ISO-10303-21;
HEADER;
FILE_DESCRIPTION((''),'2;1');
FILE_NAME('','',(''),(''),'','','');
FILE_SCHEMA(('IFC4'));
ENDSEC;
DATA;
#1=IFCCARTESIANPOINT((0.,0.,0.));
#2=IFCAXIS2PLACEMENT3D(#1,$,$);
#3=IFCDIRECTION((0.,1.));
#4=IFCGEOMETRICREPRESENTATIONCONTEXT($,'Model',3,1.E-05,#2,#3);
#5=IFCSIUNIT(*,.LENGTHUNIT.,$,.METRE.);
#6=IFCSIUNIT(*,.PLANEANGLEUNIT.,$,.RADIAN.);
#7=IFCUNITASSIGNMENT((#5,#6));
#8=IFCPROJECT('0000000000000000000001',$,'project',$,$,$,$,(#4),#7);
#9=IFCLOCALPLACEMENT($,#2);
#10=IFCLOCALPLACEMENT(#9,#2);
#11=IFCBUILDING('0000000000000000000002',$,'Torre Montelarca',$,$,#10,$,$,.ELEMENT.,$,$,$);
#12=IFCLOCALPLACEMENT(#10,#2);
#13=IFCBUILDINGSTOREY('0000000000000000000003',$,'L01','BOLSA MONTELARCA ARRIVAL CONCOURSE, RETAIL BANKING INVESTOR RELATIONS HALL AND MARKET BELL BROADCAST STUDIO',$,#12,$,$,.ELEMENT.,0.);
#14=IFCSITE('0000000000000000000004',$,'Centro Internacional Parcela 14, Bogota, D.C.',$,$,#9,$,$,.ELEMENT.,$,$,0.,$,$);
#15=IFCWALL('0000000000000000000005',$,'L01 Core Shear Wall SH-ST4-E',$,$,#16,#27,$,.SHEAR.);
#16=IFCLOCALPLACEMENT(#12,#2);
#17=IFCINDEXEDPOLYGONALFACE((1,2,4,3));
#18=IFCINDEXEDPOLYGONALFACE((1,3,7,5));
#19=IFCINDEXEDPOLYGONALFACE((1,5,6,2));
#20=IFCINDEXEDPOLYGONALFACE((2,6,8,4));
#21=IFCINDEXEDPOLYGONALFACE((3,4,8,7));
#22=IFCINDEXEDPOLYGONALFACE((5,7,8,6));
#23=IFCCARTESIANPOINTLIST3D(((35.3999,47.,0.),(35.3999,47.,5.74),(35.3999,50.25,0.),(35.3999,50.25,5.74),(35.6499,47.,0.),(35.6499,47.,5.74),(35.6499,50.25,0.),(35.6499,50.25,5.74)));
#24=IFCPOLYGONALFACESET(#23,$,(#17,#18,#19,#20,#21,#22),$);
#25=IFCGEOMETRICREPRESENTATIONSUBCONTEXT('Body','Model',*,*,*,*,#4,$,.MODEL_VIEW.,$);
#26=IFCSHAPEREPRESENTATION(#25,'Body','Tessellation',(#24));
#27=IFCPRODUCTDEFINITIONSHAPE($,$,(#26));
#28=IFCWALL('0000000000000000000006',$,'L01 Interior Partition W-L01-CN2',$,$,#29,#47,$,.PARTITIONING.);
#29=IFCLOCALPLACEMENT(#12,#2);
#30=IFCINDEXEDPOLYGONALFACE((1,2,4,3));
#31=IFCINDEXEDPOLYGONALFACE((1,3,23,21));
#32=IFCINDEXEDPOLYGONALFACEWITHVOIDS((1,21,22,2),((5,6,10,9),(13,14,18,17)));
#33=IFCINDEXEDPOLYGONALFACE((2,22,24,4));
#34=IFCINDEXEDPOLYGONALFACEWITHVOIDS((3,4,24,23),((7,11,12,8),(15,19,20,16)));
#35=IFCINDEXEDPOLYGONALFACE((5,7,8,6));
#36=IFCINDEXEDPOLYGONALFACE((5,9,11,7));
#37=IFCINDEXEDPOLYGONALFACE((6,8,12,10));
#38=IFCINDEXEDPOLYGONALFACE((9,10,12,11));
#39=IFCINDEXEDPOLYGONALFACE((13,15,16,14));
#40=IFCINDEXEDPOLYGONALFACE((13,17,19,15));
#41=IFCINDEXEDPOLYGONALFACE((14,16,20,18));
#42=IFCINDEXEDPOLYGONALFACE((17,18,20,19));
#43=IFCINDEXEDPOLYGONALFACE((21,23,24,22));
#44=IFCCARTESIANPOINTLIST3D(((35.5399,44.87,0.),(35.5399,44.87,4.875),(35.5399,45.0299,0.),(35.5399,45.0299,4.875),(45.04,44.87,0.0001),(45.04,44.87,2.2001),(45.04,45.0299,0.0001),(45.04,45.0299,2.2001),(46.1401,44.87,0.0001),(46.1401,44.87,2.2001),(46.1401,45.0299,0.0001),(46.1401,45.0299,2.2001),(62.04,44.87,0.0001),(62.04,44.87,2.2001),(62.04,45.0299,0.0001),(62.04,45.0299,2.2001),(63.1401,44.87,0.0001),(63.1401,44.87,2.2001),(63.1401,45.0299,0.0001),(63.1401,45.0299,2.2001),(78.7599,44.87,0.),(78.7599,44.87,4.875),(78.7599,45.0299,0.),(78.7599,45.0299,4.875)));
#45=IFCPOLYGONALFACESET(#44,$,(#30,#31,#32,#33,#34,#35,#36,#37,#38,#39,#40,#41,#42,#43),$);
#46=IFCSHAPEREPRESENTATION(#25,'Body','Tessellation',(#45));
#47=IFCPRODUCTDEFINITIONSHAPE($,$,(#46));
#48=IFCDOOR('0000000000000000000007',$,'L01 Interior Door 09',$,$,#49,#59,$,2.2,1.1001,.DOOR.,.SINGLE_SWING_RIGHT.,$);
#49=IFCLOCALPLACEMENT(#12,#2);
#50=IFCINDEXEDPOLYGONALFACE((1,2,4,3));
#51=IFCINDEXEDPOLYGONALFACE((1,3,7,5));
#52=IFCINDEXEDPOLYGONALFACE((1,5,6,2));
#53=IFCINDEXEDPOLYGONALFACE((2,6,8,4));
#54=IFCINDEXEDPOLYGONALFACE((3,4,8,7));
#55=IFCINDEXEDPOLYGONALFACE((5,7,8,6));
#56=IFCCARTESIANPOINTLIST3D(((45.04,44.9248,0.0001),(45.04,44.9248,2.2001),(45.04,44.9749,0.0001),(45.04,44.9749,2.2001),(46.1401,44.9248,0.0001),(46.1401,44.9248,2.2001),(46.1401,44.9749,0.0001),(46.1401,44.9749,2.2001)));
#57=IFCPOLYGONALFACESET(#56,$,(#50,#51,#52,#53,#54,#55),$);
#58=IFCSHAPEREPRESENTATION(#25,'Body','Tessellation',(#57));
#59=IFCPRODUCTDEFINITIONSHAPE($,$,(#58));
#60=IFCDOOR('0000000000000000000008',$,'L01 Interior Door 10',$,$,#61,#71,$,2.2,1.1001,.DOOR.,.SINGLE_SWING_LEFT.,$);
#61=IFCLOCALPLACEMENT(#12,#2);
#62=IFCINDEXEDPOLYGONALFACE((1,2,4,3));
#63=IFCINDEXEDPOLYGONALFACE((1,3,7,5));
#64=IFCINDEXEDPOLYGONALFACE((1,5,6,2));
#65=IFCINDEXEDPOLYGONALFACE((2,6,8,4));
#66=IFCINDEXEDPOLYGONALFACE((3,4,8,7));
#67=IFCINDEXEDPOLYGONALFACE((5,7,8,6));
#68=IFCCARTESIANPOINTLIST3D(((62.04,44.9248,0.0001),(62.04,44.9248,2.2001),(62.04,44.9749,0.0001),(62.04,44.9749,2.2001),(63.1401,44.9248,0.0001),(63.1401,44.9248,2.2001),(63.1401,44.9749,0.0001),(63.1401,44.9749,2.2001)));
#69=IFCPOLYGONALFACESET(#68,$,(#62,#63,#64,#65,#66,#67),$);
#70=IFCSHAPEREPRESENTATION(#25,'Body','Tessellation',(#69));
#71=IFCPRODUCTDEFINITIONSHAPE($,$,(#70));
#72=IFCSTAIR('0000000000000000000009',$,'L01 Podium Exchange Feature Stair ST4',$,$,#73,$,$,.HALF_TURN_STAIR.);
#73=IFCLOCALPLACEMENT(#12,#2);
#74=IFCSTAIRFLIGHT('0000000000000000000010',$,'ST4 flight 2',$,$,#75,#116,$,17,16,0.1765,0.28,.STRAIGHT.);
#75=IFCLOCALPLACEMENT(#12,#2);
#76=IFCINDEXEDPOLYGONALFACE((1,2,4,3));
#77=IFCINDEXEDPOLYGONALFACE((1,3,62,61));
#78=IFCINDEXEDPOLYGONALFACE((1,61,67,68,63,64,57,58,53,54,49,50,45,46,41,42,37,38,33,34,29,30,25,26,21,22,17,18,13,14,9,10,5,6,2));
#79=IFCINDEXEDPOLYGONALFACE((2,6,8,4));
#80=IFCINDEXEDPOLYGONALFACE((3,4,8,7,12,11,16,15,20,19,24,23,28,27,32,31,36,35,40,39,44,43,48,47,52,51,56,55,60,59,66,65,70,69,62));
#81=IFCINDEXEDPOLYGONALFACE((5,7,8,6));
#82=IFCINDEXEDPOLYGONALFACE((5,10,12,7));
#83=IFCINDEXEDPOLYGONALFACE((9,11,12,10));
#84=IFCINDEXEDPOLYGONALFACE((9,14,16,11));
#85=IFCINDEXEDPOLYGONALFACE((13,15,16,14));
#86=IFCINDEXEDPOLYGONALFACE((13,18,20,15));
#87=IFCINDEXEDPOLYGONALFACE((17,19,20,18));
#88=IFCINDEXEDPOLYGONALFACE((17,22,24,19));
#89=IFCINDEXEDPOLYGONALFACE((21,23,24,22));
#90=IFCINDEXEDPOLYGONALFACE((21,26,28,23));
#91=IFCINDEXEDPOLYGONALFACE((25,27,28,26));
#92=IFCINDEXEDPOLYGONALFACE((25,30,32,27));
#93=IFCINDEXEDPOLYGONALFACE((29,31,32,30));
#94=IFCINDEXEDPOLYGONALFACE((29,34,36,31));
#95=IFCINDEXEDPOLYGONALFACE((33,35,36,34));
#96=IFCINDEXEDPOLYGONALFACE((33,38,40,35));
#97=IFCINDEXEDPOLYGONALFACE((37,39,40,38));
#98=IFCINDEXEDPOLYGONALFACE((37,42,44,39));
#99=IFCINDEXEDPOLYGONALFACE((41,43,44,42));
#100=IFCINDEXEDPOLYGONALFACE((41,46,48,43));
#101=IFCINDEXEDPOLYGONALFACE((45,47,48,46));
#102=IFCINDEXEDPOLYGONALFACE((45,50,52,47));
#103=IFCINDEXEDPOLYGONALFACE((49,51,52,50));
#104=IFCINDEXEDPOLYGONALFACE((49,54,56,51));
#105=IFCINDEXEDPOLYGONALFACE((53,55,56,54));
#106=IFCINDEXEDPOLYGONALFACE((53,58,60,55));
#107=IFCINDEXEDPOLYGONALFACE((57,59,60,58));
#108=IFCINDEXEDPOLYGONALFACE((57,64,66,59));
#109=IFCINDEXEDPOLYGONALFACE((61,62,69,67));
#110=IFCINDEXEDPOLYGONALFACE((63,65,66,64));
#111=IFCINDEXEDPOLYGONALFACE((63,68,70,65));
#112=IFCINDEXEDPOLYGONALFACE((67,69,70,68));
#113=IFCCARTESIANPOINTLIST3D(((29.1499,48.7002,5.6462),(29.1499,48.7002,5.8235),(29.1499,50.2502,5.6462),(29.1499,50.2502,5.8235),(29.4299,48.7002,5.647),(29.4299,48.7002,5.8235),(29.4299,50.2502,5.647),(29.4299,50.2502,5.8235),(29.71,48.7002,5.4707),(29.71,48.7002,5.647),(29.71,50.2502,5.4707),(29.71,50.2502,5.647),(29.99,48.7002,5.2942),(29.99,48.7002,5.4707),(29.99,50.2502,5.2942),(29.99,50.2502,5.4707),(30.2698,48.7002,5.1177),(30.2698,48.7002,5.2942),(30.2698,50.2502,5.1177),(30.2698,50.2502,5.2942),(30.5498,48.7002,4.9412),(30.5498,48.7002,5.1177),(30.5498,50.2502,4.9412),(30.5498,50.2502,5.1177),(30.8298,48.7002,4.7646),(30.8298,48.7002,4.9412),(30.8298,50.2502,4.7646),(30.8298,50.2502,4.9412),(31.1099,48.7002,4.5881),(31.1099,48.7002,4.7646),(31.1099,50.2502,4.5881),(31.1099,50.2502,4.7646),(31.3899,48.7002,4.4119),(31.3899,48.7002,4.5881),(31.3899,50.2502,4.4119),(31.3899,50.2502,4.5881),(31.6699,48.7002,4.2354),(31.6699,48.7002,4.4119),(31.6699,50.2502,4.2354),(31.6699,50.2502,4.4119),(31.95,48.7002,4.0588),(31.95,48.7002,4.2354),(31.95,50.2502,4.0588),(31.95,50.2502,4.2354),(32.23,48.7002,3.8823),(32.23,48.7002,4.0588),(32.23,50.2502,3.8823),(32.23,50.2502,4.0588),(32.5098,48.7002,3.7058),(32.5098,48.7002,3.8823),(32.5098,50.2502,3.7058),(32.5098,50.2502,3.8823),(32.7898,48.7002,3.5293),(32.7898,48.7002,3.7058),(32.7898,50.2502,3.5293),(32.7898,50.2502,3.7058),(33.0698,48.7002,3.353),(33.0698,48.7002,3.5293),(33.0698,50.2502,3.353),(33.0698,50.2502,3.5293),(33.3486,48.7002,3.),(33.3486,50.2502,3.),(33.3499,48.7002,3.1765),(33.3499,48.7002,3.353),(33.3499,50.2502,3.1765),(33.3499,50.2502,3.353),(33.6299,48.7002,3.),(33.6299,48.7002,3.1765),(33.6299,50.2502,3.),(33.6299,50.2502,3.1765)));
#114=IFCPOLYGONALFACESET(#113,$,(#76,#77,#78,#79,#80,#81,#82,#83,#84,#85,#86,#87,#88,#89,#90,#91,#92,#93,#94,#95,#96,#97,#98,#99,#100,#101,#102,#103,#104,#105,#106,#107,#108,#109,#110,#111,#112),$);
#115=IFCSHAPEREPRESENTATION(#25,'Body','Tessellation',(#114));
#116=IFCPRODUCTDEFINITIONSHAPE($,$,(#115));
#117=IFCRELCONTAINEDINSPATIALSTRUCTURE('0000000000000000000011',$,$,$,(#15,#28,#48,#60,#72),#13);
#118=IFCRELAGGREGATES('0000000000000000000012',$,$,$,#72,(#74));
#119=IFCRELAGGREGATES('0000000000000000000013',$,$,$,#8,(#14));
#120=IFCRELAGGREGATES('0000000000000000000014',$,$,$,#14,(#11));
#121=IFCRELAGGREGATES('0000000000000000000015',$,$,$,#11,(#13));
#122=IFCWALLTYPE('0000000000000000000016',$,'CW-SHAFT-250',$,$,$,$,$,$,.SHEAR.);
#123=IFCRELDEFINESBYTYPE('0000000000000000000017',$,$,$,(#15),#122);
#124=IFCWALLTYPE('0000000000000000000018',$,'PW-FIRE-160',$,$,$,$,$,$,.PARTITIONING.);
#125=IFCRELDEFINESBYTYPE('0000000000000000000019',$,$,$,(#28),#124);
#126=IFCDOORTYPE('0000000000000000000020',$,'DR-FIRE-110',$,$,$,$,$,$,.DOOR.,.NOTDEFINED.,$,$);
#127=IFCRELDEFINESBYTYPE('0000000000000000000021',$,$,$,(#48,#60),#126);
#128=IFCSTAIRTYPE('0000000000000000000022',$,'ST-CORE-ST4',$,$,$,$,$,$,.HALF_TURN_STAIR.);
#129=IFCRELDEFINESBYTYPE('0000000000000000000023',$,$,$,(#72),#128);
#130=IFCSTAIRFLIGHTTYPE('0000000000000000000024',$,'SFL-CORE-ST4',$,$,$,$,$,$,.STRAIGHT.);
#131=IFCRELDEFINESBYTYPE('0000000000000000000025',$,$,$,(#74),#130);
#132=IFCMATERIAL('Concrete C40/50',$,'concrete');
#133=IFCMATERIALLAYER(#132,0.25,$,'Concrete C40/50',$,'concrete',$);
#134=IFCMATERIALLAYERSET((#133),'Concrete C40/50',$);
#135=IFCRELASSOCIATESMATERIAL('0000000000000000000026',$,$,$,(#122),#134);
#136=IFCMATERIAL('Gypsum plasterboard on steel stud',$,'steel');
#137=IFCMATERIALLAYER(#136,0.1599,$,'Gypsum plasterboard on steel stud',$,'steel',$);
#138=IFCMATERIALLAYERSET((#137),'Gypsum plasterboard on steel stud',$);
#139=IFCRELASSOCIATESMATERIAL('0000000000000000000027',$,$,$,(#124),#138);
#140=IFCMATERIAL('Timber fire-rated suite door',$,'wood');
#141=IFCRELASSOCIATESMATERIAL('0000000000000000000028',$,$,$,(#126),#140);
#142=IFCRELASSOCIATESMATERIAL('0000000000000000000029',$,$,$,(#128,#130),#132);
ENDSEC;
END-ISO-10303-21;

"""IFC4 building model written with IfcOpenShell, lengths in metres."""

from ifc_helpers import new_model, si_unit, direction, frame, frame_2d, origin, place, context, subcontext, project, spatial, polyline, rectangle, outline, extrude, source, transform, mapped, material, layer, layer_set, type_object, element, fill, aggregate, save


model = new_model("IFC4")

# Units and contexts
model_context = context("Model", 3, precision=1e-05, world=origin(), true_north=direction((0.0, 1.0)))
body_context = subcontext(model_context, "Body", "Model", "MODEL_VIEW")
ifc_project = project(units=[si_unit("LENGTHUNIT", "METRE"), si_unit("PLANEANGLEUNIT", "RADIAN")], contexts=[model_context])

# Site, building, storey
site_placement = place(None, origin())
site = spatial("IfcSite", under=ifc_project, at=site_placement, Name="Centro Internacional Parcela 14, Bogota, D.C.", CompositionType="ELEMENT", RefElevation=0.0)
building_placement = place(site_placement, origin())
building = spatial("IfcBuilding", under=site, at=building_placement, Name="Torre Montelarca", CompositionType="ELEMENT")
storey_placement = place(building_placement, origin())
storey = spatial("IfcBuildingStorey", under=building, at=storey_placement, Name="L01", Description="BOLSA MONTELARCA ARRIVAL CONCOURSE, RETAIL BANKING INVESTOR RELATIONS HALL AND MARKET BELL BROADCAST STUDIO", CompositionType="ELEMENT", Elevation=0.0)

# Wall
ifc_material_1 = material(Name="Concrete C40/50", Category="concrete")
ifc_layer_1 = layer(ifc_material_1, 0.25, Name="Concrete C40/50", Category="concrete")
ifc_layer_set_1 = layer_set([ifc_layer_1], Name="Concrete C40/50")
wall_type_1 = type_object("IfcWallType", Name="CW-SHAFT-250", PredefinedType="SHEAR", material=ifc_layer_set_1)
wall_1_placement = place(storey_placement, frame((35.5249, 47.0, 0.0), z_axis=(0.0, 0.0, 1.0), x_axis=(0.0, 1.0, 0.0)))
element("IfcWall", 1, at=wall_1_placement, inside=storey, type_object=wall_type_1, Name="L01 Core Shear Wall SH-ST4-E", PredefinedType="SHEAR", context=body_context, shape_type="SweptSolid", body=[
    extrude(rectangle(XDim=3.25, YDim=0.25, at=frame_2d((1.625, 0.0))), origin(), (0.0, 0.0, 1.0), 5.74),
])

# Wall, openings, doors
ifc_material_2 = material(Name="Gypsum plasterboard on steel stud", Category="steel")
ifc_layer_2 = layer(ifc_material_2, 0.1599, Name="Gypsum plasterboard on steel stud", Category="steel")
ifc_layer_set_2 = layer_set([ifc_layer_2], Name="Gypsum plasterboard on steel stud")
wall_type_2 = type_object("IfcWallType", Name="PW-FIRE-160", PredefinedType="PARTITIONING", material=ifc_layer_set_2)
wall_2_placement = place(storey_placement, frame((35.54, 44.95, 0.0), z_axis=(0.0, 0.0, 1.0), x_axis=(1.0, 0.0, 0.0)))
wall_2 = element("IfcWall", 2, at=wall_2_placement, inside=storey, type_object=wall_type_2, Name="L01 Interior Partition W-L01-CN2", PredefinedType="PARTITIONING", context=body_context, shape_type="SweptSolid", body=[
    extrude(rectangle(XDim=43.22, YDim=0.1599, at=frame_2d((21.6099, 0.0))), origin(), (0.0, 0.0, 1.0), 4.875),
])
opening_1_placement = place(wall_2_placement, frame((9.5, 0.0, 0.0)))
opening_1 = element("IfcOpeningElement", 3, at=opening_1_placement, cuts=wall_2, PredefinedType="OPENING", context=body_context, shape_type="SweptSolid", body=[
    extrude(rectangle(XDim=1.1001, YDim=2.2, at=frame_2d((0.55, 1.1001))), frame((0.0, 0.0898, 0.0), z_axis=(0.0, -1.0, 0.0), x_axis=(1.0, 0.0, 0.0)), (0.0, 0.0, 1.0), 0.1799),
])
opening_2_placement = place(wall_2_placement, frame((26.5, 0.0, 0.0)))
opening_2 = element("IfcOpeningElement", 4, at=opening_2_placement, cuts=wall_2, PredefinedType="OPENING", context=body_context, shape_type="SweptSolid", body=[
    extrude(rectangle(XDim=1.1001, YDim=2.2, at=frame_2d((0.55, 1.1001))), frame((0.0, 0.0898, 0.0), z_axis=(0.0, -1.0, 0.0), x_axis=(1.0, 0.0, 0.0)), (0.0, 0.0, 1.0), 0.1799),
])
ifc_material_3 = material(Name="Timber fire-rated suite door", Category="wood")
door_type = type_object("IfcDoorType", Name="DR-FIRE-110", OperationType="NOTDEFINED", PredefinedType="DOOR", material=ifc_material_3)
shared_shape_1 = source(origin(), body_context, "Body", "SweptSolid", [
    extrude(rectangle(XDim=1.1001, YDim=2.2, at=frame_2d((0.55, 1.1001))), frame((0.0, 0.0249, 0.0), z_axis=(0.0, -1.0, 0.0), x_axis=(1.0, 0.0, 0.0)), (0.0, 0.0, 1.0), 0.05),
])
door_1_placement = place(opening_1_placement, origin())
door_1 = element("IfcDoor", 5, at=door_1_placement, inside=storey, type_object=door_type, Name="L01 Interior Door 09", OperationType="SINGLE_SWING_RIGHT", OverallHeight=2.2, OverallWidth=1.1001, PredefinedType="DOOR", context=body_context, shape_type="MappedRepresentation", body=[
    mapped(shared_shape_1, transform((0.0, 0.0, 0.0), scale=1.0)),
])
fill(opening_1, door_1)
door_2_placement = place(opening_2_placement, origin())
door_2 = element("IfcDoor", 6, at=door_2_placement, inside=storey, type_object=door_type, Name="L01 Interior Door 10", OperationType="SINGLE_SWING_LEFT", OverallHeight=2.2, OverallWidth=1.1001, PredefinedType="DOOR", context=body_context, shape_type="MappedRepresentation", body=[
    mapped(shared_shape_1, transform((0.0, 0.0, 0.0), scale=1.0)),
])
fill(opening_2, door_2)

# Stair, stair flight
stair_type = type_object("IfcStairType", Name="ST-CORE-ST4", PredefinedType="HALF_TURN_STAIR", material=ifc_material_1)
stair_placement = place(storey_placement, origin())
stair = element("IfcStair", 7, at=stair_placement, inside=storey, type_object=stair_type, Name="L01 Podium Exchange Feature Stair ST4", PredefinedType="HALF_TURN_STAIR")
stair_flight_type = type_object("IfcStairFlightType", Name="SFL-CORE-ST4", PredefinedType="STRAIGHT", material=ifc_material_1)
stair_flight_placement = place(storey_placement, frame((33.6299, 49.4751, 3.0), z_axis=(0.0, 0.0, 1.0), x_axis=(-1.0, 0.0, 0.0)))
stair_flight = element("IfcStairFlight", 8, at=stair_flight_placement, type_object=stair_flight_type, Name="ST4 flight 2", NumberOfRisers=17, NumberOfTreads=16, PredefinedType="STRAIGHT", RiserHeight=0.1765, TreadLength=0.28, context=body_context, shape_type="SweptSolid", body=[
    extrude(outline(polyline([(0.0, 0.0), (0.0, 0.1765), (0.28, 0.1765), (0.28, 0.353), (0.5601, 0.353), (0.5601, 0.5293), (0.8401, 0.5293), (0.8401, 0.7058), (1.1201, 0.7058), (1.1201, 0.8823), (1.3999, 0.8823), (1.3999, 1.0588), (1.6799, 1.0588), (1.6799, 1.2354), (1.96, 1.2354), (1.96, 1.4119), (2.24, 1.4119), (2.24, 1.5881), (2.52, 1.5881), (2.52, 1.7646), (2.8, 1.7646), (2.8, 1.9412), (3.0801, 1.9412), (3.0801, 2.1177), (3.3601, 2.1177), (3.3601, 2.2942), (3.6399, 2.2942), (3.6399, 2.4707), (3.9199, 2.4707), (3.9199, 2.647), (4.2, 2.647), (4.2, 2.8235), (4.48, 2.8235), (4.48, 3.0), (4.48, 2.6462), (0.2812, 0.0), (0.0, 0.0)])), frame((0.0, 0.7749, 0.0), z_axis=(0.0, -1.0, 0.0), x_axis=(1.0, 0.0, 0.0)), (0.0, 0.0, 1.0), 1.55),
])
aggregate(stair, [stair_flight])

save(model, "model.ifc")
